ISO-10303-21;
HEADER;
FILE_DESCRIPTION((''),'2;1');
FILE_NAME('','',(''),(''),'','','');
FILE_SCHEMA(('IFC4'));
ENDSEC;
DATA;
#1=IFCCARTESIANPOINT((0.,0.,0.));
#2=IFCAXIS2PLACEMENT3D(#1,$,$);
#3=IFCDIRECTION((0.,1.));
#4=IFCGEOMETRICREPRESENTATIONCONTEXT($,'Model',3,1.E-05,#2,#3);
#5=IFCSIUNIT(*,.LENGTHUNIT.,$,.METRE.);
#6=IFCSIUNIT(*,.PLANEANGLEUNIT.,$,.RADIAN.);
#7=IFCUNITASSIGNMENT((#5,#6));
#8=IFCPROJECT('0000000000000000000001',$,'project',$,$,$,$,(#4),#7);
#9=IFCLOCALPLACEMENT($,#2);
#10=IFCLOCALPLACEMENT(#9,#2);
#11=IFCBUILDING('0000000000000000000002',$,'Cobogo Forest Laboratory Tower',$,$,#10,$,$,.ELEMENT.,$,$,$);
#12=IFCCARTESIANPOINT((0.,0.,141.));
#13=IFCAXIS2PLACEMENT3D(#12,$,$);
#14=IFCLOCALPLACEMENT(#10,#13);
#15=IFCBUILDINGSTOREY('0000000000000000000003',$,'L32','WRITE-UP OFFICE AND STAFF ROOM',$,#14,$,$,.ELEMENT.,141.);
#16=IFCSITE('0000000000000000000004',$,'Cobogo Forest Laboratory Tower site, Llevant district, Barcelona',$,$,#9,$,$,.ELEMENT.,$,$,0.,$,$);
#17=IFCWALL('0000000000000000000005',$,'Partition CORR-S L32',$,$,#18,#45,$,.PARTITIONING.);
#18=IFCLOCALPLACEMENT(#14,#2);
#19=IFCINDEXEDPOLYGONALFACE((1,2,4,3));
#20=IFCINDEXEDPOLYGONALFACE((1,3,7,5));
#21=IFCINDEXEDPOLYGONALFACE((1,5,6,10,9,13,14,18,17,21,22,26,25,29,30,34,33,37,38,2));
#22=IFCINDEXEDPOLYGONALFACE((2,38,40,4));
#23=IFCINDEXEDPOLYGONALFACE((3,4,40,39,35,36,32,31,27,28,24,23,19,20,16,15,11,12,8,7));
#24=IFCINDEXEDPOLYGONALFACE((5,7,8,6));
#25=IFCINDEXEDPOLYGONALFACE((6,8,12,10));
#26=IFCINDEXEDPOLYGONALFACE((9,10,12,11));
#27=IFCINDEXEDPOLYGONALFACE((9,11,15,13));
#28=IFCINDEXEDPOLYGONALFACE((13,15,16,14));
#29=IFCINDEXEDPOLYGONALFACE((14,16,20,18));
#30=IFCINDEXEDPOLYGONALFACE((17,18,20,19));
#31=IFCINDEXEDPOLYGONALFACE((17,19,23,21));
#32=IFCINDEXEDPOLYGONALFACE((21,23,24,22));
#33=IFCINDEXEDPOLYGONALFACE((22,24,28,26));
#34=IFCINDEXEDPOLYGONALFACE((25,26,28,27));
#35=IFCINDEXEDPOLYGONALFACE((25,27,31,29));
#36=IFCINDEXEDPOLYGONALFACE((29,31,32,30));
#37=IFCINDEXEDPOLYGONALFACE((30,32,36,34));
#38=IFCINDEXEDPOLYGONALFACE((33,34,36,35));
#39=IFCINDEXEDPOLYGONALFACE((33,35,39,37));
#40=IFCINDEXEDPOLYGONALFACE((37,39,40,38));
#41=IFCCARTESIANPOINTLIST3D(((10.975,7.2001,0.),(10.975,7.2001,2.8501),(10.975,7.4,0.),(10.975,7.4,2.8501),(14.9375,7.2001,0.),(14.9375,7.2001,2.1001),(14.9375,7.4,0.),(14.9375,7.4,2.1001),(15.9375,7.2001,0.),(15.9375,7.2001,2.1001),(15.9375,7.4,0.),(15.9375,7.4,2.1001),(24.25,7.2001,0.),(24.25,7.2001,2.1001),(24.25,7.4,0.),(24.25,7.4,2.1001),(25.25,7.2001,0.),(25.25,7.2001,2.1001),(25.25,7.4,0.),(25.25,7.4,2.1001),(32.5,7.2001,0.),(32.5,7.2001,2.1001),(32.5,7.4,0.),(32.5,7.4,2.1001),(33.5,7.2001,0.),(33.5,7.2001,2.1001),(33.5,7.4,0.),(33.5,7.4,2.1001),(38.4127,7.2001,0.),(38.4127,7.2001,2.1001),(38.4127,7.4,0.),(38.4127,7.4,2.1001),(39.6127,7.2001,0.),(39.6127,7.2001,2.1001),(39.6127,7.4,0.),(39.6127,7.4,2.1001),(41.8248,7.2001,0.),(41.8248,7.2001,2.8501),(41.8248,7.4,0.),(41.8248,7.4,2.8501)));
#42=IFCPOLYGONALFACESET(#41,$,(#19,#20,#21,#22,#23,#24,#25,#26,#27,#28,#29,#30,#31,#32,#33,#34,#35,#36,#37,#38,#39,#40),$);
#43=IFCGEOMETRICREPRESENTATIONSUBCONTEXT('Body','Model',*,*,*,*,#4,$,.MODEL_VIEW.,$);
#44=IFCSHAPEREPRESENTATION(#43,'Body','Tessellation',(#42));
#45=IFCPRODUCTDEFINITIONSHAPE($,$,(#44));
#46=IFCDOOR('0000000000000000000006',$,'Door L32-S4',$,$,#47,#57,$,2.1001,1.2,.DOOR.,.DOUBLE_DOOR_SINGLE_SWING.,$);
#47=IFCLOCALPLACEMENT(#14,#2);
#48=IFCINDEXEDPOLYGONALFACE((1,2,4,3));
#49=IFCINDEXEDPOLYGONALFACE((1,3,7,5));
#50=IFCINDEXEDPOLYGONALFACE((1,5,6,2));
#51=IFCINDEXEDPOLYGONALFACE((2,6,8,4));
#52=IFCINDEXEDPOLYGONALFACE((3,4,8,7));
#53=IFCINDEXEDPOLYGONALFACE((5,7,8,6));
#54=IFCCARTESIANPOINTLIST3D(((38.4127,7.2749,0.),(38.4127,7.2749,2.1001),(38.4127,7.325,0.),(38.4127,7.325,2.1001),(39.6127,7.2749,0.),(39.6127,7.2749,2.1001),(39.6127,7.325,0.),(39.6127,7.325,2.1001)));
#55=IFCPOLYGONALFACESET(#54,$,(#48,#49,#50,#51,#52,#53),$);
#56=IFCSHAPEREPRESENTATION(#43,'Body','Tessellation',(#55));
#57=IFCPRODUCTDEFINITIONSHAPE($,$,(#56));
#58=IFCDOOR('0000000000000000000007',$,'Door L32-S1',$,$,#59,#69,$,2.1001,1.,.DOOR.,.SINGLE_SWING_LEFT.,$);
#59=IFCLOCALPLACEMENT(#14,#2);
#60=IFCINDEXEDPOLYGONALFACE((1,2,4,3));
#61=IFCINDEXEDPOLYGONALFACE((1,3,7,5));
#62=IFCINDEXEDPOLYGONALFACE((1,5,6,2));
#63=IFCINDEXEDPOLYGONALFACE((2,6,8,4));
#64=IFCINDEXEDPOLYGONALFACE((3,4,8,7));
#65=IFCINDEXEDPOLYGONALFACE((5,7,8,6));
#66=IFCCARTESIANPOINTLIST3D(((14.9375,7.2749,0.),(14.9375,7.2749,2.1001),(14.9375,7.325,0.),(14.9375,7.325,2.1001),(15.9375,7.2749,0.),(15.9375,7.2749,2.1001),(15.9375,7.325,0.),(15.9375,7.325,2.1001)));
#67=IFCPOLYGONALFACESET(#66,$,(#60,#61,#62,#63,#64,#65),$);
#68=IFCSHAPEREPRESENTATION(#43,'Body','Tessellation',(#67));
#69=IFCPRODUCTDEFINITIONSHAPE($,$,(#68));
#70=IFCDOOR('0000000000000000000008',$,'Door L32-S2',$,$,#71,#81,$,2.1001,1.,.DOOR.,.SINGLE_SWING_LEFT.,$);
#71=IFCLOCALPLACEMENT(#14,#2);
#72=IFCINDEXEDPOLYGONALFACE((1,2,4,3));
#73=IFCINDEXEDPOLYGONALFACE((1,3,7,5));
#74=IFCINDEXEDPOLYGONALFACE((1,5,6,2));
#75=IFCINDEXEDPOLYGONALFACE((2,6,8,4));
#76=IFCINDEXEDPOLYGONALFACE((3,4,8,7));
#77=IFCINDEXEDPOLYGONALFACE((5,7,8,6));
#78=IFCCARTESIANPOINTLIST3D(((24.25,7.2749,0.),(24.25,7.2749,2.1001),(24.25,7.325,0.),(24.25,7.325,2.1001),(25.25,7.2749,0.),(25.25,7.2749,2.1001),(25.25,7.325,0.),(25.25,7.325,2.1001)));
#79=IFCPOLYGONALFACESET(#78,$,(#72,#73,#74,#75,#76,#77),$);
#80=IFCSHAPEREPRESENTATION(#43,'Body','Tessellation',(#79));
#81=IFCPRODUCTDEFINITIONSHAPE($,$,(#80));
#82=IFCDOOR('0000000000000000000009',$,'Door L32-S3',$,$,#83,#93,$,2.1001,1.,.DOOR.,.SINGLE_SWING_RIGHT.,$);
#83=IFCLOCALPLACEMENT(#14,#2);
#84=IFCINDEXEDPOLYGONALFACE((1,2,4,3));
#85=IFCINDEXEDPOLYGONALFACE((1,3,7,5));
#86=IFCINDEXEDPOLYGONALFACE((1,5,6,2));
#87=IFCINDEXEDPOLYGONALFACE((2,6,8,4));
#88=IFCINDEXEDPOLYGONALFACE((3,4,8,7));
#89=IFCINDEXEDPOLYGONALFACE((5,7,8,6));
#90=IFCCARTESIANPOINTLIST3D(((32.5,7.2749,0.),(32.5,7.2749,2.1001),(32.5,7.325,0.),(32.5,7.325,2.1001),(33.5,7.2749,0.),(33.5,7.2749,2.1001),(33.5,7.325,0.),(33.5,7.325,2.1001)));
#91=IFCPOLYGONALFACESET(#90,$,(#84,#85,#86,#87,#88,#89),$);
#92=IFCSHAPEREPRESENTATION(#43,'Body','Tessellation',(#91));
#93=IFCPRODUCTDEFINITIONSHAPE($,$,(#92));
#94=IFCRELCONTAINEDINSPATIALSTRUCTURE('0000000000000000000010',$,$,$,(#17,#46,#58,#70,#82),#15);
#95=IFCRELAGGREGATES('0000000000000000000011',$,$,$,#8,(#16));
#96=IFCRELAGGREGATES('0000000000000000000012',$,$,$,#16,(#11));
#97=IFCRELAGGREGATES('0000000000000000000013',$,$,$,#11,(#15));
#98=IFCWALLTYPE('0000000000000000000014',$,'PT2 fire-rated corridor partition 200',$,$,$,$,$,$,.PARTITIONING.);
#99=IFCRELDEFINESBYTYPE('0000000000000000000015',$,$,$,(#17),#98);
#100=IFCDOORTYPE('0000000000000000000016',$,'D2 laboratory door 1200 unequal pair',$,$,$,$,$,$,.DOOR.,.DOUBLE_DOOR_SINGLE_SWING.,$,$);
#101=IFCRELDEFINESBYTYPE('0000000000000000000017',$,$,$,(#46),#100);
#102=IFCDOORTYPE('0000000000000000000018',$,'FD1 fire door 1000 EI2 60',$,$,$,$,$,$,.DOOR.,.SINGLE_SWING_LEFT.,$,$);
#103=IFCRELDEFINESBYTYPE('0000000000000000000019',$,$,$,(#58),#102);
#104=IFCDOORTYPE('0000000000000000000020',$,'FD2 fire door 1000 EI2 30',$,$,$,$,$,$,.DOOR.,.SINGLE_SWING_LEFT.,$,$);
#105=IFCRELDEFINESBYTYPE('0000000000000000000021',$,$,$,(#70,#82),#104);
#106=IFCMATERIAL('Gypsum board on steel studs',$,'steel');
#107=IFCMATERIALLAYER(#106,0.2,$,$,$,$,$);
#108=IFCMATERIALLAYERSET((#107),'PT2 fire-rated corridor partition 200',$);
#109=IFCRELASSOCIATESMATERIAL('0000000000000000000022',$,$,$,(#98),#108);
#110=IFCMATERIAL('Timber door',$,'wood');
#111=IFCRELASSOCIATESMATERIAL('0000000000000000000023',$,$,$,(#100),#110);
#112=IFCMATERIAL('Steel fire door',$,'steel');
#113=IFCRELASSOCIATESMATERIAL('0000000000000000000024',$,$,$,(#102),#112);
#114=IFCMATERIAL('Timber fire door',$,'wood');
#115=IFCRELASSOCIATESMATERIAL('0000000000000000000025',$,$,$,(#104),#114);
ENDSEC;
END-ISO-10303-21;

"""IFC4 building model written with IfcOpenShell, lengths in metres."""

from ifc_helpers import new_model, si_unit, direction, frame, frame_2d, origin, place, context, subcontext, project, spatial, rectangle, extrude, material, layer, layer_set, type_object, element, fill, save


model = new_model("IFC4")

# Units and contexts
model_context = context("Model", 3, precision=1e-05, world=origin(), true_north=direction((0.0, 1.0)))
body_context = subcontext(model_context, "Body", "Model", "MODEL_VIEW")
ifc_project = project(units=[si_unit("LENGTHUNIT", "METRE"), si_unit("PLANEANGLEUNIT", "RADIAN")], contexts=[model_context])

# Site, building, storey
site_placement = place(None, origin())
site = spatial("IfcSite", under=ifc_project, at=site_placement, Name="Cobogo Forest Laboratory Tower site, Llevant district, Barcelona", CompositionType="ELEMENT", RefElevation=0.0)
building_placement = place(site_placement, origin())
building = spatial("IfcBuilding", under=site, at=building_placement, Name="Cobogo Forest Laboratory Tower", CompositionType="ELEMENT")
storey_placement = place(building_placement, frame((0.0, 0.0, 141.0)))
storey = spatial("IfcBuildingStorey", under=building, at=storey_placement, Name="L32", Description="WRITE-UP OFFICE AND STAFF ROOM", CompositionType="ELEMENT", Elevation=141.0)

# Shared definitions
ifc_material_1 = material(Name="Gypsum board on steel studs", Category="steel")

# Wall, openings, doors
ifc_layer_1 = layer(ifc_material_1, 0.2)
ifc_layer_set_1 = layer_set([ifc_layer_1], Name="PT2 fire-rated corridor partition 200")
wall_type_1 = type_object("IfcWallType", Name="PT2 fire-rated corridor partition 200", PredefinedType="PARTITIONING", material=ifc_layer_set_1)
wall_1_placement = place(storey_placement, frame((10.9751, 7.3, 0.0), z_axis=(0.0, 0.0, 1.0), x_axis=(1.0, 0.0, 0.0)))
wall_1 = element("IfcWall", 1, at=wall_1_placement, inside=storey, type_object=wall_type_1, Name="Partition CORR-S L32", PredefinedType="PARTITIONING", context=body_context, shape_type="SweptSolid", body=[
    extrude(rectangle(XDim=30.8499, YDim=0.2, at=frame_2d((15.4248, 0.0))), origin(), (0.0, 0.0, 1.0), 2.8501),
])
opening_1_placement = place(wall_1_placement, frame((3.9624, 0.0, 0.0)))
opening_1 = element("IfcOpeningElement", 2, at=opening_1_placement, cuts=wall_1, PredefinedType="OPENING", context=body_context, shape_type="SweptSolid", body=[
    extrude(rectangle(XDim=1.0, YDim=2.1001, at=frame_2d((0.5, 1.05))), frame((0.0, 0.1099, 0.0), z_axis=(0.0, -1.0, 0.0), x_axis=(1.0, 0.0, 0.0)), (0.0, 0.0, 1.0), 0.22),
])
opening_2_placement = place(wall_1_placement, frame((13.2749, 0.0, 0.0)))
opening_2 = element("IfcOpeningElement", 3, at=opening_2_placement, cuts=wall_1, PredefinedType="OPENING", context=body_context, shape_type="SweptSolid", body=[
    extrude(rectangle(XDim=1.0, YDim=2.1001, at=frame_2d((0.5, 1.05))), frame((0.0, 0.1099, 0.0), z_axis=(0.0, -1.0, 0.0), x_axis=(1.0, 0.0, 0.0)), (0.0, 0.0, 1.0), 0.22),
])
opening_3_placement = place(wall_1_placement, frame((21.5249, 0.0, 0.0)))
opening_3 = element("IfcOpeningElement", 4, at=opening_3_placement, cuts=wall_1, PredefinedType="OPENING", context=body_context, shape_type="SweptSolid", body=[
    extrude(rectangle(XDim=1.0, YDim=2.1001, at=frame_2d((0.5, 1.05))), frame((0.0, 0.1099, 0.0), z_axis=(0.0, -1.0, 0.0), x_axis=(1.0, 0.0, 0.0)), (0.0, 0.0, 1.0), 0.22),
])
opening_4_placement = place(wall_1_placement, frame((27.4375, 0.0, 0.0)))
opening_4 = element("IfcOpeningElement", 5, at=opening_4_placement, cuts=wall_1, PredefinedType="OPENING", context=body_context, shape_type="SweptSolid", body=[
    extrude(rectangle(XDim=1.2, YDim=2.1001, at=frame_2d((0.6001, 1.05))), frame((0.0, 0.1099, 0.0), z_axis=(0.0, -1.0, 0.0), x_axis=(1.0, 0.0, 0.0)), (0.0, 0.0, 1.0), 0.22),
])
ifc_material_2 = material(Name="Timber door", Category="wood")
door_type_1 = type_object("IfcDoorType", Name="D2 laboratory door 1200 unequal pair", OperationType="DOUBLE_DOOR_SINGLE_SWING", PredefinedType="DOOR", material=ifc_material_2)
door_1_placement = place(opening_4_placement, origin())
door_1 = element("IfcDoor", 6, at=door_1_placement, inside=storey, type_object=door_type_1, Name="Door L32-S4", OperationType="DOUBLE_DOOR_SINGLE_SWING", OverallHeight=2.1001, OverallWidth=1.2, PredefinedType="DOOR", context=body_context, shape_type="SweptSolid", body=[
    extrude(rectangle(XDim=1.2, YDim=2.1001, at=frame_2d((0.6001, 1.05))), frame((0.0, 0.0249, 0.0), z_axis=(0.0, -1.0, 0.0), x_axis=(1.0, 0.0, 0.0)), (0.0, 0.0, 1.0), 0.05),
])
fill(opening_4, door_1)
ifc_material_3 = material(Name="Steel fire door", Category="steel")
door_type_2 = type_object("IfcDoorType", Name="FD1 fire door 1000 EI2 60", OperationType="SINGLE_SWING_LEFT", PredefinedType="DOOR", material=ifc_material_3)
door_2_placement = place(opening_1_placement, origin())
door_2 = element("IfcDoor", 7, at=door_2_placement, inside=storey, type_object=door_type_2, Name="Door L32-S1", OperationType="SINGLE_SWING_LEFT", OverallHeight=2.1001, OverallWidth=1.0, PredefinedType="DOOR", context=body_context, shape_type="SweptSolid", body=[
    extrude(rectangle(XDim=1.0, YDim=2.1001, at=frame_2d((0.5, 1.05))), frame((0.0, 0.0249, 0.0), z_axis=(0.0, -1.0, 0.0), x_axis=(1.0, 0.0, 0.0)), (0.0, 0.0, 1.0), 0.05),
])
fill(opening_1, door_2)
ifc_material_4 = material(Name="Timber fire door", Category="wood")
door_type_3 = type_object("IfcDoorType", Name="FD2 fire door 1000 EI2 30", OperationType="SINGLE_SWING_LEFT", PredefinedType="DOOR", material=ifc_material_4)
door_3_placement = place(opening_2_placement, origin())
door_3 = element("IfcDoor", 8, at=door_3_placement, inside=storey, type_object=door_type_3, Name="Door L32-S2", OperationType="SINGLE_SWING_LEFT", OverallHeight=2.1001, OverallWidth=1.0, PredefinedType="DOOR", context=body_context, shape_type="SweptSolid", body=[
    extrude(rectangle(XDim=1.0, YDim=2.1001, at=frame_2d((0.5, 1.05))), frame((0.0, 0.0249, 0.0), z_axis=(0.0, -1.0, 0.0), x_axis=(1.0, 0.0, 0.0)), (0.0, 0.0, 1.0), 0.05),
])
fill(opening_2, door_3)
door_4_placement = place(opening_3_placement, origin())
door_4 = element("IfcDoor", 9, at=door_4_placement, inside=storey, type_object=door_type_3, Name="Door L32-S3", OperationType="SINGLE_SWING_RIGHT", OverallHeight=2.1001, OverallWidth=1.0, PredefinedType="DOOR", context=body_context, shape_type="SweptSolid", body=[
    extrude(rectangle(XDim=1.0, YDim=2.1001, at=frame_2d((0.5, 1.05))), frame((0.0, 0.0249, 0.0), z_axis=(0.0, -1.0, 0.0), x_axis=(1.0, 0.0, 0.0)), (0.0, 0.0, 1.0), 0.05),
])
fill(opening_3, door_4)

save(model, "model.ifc")
